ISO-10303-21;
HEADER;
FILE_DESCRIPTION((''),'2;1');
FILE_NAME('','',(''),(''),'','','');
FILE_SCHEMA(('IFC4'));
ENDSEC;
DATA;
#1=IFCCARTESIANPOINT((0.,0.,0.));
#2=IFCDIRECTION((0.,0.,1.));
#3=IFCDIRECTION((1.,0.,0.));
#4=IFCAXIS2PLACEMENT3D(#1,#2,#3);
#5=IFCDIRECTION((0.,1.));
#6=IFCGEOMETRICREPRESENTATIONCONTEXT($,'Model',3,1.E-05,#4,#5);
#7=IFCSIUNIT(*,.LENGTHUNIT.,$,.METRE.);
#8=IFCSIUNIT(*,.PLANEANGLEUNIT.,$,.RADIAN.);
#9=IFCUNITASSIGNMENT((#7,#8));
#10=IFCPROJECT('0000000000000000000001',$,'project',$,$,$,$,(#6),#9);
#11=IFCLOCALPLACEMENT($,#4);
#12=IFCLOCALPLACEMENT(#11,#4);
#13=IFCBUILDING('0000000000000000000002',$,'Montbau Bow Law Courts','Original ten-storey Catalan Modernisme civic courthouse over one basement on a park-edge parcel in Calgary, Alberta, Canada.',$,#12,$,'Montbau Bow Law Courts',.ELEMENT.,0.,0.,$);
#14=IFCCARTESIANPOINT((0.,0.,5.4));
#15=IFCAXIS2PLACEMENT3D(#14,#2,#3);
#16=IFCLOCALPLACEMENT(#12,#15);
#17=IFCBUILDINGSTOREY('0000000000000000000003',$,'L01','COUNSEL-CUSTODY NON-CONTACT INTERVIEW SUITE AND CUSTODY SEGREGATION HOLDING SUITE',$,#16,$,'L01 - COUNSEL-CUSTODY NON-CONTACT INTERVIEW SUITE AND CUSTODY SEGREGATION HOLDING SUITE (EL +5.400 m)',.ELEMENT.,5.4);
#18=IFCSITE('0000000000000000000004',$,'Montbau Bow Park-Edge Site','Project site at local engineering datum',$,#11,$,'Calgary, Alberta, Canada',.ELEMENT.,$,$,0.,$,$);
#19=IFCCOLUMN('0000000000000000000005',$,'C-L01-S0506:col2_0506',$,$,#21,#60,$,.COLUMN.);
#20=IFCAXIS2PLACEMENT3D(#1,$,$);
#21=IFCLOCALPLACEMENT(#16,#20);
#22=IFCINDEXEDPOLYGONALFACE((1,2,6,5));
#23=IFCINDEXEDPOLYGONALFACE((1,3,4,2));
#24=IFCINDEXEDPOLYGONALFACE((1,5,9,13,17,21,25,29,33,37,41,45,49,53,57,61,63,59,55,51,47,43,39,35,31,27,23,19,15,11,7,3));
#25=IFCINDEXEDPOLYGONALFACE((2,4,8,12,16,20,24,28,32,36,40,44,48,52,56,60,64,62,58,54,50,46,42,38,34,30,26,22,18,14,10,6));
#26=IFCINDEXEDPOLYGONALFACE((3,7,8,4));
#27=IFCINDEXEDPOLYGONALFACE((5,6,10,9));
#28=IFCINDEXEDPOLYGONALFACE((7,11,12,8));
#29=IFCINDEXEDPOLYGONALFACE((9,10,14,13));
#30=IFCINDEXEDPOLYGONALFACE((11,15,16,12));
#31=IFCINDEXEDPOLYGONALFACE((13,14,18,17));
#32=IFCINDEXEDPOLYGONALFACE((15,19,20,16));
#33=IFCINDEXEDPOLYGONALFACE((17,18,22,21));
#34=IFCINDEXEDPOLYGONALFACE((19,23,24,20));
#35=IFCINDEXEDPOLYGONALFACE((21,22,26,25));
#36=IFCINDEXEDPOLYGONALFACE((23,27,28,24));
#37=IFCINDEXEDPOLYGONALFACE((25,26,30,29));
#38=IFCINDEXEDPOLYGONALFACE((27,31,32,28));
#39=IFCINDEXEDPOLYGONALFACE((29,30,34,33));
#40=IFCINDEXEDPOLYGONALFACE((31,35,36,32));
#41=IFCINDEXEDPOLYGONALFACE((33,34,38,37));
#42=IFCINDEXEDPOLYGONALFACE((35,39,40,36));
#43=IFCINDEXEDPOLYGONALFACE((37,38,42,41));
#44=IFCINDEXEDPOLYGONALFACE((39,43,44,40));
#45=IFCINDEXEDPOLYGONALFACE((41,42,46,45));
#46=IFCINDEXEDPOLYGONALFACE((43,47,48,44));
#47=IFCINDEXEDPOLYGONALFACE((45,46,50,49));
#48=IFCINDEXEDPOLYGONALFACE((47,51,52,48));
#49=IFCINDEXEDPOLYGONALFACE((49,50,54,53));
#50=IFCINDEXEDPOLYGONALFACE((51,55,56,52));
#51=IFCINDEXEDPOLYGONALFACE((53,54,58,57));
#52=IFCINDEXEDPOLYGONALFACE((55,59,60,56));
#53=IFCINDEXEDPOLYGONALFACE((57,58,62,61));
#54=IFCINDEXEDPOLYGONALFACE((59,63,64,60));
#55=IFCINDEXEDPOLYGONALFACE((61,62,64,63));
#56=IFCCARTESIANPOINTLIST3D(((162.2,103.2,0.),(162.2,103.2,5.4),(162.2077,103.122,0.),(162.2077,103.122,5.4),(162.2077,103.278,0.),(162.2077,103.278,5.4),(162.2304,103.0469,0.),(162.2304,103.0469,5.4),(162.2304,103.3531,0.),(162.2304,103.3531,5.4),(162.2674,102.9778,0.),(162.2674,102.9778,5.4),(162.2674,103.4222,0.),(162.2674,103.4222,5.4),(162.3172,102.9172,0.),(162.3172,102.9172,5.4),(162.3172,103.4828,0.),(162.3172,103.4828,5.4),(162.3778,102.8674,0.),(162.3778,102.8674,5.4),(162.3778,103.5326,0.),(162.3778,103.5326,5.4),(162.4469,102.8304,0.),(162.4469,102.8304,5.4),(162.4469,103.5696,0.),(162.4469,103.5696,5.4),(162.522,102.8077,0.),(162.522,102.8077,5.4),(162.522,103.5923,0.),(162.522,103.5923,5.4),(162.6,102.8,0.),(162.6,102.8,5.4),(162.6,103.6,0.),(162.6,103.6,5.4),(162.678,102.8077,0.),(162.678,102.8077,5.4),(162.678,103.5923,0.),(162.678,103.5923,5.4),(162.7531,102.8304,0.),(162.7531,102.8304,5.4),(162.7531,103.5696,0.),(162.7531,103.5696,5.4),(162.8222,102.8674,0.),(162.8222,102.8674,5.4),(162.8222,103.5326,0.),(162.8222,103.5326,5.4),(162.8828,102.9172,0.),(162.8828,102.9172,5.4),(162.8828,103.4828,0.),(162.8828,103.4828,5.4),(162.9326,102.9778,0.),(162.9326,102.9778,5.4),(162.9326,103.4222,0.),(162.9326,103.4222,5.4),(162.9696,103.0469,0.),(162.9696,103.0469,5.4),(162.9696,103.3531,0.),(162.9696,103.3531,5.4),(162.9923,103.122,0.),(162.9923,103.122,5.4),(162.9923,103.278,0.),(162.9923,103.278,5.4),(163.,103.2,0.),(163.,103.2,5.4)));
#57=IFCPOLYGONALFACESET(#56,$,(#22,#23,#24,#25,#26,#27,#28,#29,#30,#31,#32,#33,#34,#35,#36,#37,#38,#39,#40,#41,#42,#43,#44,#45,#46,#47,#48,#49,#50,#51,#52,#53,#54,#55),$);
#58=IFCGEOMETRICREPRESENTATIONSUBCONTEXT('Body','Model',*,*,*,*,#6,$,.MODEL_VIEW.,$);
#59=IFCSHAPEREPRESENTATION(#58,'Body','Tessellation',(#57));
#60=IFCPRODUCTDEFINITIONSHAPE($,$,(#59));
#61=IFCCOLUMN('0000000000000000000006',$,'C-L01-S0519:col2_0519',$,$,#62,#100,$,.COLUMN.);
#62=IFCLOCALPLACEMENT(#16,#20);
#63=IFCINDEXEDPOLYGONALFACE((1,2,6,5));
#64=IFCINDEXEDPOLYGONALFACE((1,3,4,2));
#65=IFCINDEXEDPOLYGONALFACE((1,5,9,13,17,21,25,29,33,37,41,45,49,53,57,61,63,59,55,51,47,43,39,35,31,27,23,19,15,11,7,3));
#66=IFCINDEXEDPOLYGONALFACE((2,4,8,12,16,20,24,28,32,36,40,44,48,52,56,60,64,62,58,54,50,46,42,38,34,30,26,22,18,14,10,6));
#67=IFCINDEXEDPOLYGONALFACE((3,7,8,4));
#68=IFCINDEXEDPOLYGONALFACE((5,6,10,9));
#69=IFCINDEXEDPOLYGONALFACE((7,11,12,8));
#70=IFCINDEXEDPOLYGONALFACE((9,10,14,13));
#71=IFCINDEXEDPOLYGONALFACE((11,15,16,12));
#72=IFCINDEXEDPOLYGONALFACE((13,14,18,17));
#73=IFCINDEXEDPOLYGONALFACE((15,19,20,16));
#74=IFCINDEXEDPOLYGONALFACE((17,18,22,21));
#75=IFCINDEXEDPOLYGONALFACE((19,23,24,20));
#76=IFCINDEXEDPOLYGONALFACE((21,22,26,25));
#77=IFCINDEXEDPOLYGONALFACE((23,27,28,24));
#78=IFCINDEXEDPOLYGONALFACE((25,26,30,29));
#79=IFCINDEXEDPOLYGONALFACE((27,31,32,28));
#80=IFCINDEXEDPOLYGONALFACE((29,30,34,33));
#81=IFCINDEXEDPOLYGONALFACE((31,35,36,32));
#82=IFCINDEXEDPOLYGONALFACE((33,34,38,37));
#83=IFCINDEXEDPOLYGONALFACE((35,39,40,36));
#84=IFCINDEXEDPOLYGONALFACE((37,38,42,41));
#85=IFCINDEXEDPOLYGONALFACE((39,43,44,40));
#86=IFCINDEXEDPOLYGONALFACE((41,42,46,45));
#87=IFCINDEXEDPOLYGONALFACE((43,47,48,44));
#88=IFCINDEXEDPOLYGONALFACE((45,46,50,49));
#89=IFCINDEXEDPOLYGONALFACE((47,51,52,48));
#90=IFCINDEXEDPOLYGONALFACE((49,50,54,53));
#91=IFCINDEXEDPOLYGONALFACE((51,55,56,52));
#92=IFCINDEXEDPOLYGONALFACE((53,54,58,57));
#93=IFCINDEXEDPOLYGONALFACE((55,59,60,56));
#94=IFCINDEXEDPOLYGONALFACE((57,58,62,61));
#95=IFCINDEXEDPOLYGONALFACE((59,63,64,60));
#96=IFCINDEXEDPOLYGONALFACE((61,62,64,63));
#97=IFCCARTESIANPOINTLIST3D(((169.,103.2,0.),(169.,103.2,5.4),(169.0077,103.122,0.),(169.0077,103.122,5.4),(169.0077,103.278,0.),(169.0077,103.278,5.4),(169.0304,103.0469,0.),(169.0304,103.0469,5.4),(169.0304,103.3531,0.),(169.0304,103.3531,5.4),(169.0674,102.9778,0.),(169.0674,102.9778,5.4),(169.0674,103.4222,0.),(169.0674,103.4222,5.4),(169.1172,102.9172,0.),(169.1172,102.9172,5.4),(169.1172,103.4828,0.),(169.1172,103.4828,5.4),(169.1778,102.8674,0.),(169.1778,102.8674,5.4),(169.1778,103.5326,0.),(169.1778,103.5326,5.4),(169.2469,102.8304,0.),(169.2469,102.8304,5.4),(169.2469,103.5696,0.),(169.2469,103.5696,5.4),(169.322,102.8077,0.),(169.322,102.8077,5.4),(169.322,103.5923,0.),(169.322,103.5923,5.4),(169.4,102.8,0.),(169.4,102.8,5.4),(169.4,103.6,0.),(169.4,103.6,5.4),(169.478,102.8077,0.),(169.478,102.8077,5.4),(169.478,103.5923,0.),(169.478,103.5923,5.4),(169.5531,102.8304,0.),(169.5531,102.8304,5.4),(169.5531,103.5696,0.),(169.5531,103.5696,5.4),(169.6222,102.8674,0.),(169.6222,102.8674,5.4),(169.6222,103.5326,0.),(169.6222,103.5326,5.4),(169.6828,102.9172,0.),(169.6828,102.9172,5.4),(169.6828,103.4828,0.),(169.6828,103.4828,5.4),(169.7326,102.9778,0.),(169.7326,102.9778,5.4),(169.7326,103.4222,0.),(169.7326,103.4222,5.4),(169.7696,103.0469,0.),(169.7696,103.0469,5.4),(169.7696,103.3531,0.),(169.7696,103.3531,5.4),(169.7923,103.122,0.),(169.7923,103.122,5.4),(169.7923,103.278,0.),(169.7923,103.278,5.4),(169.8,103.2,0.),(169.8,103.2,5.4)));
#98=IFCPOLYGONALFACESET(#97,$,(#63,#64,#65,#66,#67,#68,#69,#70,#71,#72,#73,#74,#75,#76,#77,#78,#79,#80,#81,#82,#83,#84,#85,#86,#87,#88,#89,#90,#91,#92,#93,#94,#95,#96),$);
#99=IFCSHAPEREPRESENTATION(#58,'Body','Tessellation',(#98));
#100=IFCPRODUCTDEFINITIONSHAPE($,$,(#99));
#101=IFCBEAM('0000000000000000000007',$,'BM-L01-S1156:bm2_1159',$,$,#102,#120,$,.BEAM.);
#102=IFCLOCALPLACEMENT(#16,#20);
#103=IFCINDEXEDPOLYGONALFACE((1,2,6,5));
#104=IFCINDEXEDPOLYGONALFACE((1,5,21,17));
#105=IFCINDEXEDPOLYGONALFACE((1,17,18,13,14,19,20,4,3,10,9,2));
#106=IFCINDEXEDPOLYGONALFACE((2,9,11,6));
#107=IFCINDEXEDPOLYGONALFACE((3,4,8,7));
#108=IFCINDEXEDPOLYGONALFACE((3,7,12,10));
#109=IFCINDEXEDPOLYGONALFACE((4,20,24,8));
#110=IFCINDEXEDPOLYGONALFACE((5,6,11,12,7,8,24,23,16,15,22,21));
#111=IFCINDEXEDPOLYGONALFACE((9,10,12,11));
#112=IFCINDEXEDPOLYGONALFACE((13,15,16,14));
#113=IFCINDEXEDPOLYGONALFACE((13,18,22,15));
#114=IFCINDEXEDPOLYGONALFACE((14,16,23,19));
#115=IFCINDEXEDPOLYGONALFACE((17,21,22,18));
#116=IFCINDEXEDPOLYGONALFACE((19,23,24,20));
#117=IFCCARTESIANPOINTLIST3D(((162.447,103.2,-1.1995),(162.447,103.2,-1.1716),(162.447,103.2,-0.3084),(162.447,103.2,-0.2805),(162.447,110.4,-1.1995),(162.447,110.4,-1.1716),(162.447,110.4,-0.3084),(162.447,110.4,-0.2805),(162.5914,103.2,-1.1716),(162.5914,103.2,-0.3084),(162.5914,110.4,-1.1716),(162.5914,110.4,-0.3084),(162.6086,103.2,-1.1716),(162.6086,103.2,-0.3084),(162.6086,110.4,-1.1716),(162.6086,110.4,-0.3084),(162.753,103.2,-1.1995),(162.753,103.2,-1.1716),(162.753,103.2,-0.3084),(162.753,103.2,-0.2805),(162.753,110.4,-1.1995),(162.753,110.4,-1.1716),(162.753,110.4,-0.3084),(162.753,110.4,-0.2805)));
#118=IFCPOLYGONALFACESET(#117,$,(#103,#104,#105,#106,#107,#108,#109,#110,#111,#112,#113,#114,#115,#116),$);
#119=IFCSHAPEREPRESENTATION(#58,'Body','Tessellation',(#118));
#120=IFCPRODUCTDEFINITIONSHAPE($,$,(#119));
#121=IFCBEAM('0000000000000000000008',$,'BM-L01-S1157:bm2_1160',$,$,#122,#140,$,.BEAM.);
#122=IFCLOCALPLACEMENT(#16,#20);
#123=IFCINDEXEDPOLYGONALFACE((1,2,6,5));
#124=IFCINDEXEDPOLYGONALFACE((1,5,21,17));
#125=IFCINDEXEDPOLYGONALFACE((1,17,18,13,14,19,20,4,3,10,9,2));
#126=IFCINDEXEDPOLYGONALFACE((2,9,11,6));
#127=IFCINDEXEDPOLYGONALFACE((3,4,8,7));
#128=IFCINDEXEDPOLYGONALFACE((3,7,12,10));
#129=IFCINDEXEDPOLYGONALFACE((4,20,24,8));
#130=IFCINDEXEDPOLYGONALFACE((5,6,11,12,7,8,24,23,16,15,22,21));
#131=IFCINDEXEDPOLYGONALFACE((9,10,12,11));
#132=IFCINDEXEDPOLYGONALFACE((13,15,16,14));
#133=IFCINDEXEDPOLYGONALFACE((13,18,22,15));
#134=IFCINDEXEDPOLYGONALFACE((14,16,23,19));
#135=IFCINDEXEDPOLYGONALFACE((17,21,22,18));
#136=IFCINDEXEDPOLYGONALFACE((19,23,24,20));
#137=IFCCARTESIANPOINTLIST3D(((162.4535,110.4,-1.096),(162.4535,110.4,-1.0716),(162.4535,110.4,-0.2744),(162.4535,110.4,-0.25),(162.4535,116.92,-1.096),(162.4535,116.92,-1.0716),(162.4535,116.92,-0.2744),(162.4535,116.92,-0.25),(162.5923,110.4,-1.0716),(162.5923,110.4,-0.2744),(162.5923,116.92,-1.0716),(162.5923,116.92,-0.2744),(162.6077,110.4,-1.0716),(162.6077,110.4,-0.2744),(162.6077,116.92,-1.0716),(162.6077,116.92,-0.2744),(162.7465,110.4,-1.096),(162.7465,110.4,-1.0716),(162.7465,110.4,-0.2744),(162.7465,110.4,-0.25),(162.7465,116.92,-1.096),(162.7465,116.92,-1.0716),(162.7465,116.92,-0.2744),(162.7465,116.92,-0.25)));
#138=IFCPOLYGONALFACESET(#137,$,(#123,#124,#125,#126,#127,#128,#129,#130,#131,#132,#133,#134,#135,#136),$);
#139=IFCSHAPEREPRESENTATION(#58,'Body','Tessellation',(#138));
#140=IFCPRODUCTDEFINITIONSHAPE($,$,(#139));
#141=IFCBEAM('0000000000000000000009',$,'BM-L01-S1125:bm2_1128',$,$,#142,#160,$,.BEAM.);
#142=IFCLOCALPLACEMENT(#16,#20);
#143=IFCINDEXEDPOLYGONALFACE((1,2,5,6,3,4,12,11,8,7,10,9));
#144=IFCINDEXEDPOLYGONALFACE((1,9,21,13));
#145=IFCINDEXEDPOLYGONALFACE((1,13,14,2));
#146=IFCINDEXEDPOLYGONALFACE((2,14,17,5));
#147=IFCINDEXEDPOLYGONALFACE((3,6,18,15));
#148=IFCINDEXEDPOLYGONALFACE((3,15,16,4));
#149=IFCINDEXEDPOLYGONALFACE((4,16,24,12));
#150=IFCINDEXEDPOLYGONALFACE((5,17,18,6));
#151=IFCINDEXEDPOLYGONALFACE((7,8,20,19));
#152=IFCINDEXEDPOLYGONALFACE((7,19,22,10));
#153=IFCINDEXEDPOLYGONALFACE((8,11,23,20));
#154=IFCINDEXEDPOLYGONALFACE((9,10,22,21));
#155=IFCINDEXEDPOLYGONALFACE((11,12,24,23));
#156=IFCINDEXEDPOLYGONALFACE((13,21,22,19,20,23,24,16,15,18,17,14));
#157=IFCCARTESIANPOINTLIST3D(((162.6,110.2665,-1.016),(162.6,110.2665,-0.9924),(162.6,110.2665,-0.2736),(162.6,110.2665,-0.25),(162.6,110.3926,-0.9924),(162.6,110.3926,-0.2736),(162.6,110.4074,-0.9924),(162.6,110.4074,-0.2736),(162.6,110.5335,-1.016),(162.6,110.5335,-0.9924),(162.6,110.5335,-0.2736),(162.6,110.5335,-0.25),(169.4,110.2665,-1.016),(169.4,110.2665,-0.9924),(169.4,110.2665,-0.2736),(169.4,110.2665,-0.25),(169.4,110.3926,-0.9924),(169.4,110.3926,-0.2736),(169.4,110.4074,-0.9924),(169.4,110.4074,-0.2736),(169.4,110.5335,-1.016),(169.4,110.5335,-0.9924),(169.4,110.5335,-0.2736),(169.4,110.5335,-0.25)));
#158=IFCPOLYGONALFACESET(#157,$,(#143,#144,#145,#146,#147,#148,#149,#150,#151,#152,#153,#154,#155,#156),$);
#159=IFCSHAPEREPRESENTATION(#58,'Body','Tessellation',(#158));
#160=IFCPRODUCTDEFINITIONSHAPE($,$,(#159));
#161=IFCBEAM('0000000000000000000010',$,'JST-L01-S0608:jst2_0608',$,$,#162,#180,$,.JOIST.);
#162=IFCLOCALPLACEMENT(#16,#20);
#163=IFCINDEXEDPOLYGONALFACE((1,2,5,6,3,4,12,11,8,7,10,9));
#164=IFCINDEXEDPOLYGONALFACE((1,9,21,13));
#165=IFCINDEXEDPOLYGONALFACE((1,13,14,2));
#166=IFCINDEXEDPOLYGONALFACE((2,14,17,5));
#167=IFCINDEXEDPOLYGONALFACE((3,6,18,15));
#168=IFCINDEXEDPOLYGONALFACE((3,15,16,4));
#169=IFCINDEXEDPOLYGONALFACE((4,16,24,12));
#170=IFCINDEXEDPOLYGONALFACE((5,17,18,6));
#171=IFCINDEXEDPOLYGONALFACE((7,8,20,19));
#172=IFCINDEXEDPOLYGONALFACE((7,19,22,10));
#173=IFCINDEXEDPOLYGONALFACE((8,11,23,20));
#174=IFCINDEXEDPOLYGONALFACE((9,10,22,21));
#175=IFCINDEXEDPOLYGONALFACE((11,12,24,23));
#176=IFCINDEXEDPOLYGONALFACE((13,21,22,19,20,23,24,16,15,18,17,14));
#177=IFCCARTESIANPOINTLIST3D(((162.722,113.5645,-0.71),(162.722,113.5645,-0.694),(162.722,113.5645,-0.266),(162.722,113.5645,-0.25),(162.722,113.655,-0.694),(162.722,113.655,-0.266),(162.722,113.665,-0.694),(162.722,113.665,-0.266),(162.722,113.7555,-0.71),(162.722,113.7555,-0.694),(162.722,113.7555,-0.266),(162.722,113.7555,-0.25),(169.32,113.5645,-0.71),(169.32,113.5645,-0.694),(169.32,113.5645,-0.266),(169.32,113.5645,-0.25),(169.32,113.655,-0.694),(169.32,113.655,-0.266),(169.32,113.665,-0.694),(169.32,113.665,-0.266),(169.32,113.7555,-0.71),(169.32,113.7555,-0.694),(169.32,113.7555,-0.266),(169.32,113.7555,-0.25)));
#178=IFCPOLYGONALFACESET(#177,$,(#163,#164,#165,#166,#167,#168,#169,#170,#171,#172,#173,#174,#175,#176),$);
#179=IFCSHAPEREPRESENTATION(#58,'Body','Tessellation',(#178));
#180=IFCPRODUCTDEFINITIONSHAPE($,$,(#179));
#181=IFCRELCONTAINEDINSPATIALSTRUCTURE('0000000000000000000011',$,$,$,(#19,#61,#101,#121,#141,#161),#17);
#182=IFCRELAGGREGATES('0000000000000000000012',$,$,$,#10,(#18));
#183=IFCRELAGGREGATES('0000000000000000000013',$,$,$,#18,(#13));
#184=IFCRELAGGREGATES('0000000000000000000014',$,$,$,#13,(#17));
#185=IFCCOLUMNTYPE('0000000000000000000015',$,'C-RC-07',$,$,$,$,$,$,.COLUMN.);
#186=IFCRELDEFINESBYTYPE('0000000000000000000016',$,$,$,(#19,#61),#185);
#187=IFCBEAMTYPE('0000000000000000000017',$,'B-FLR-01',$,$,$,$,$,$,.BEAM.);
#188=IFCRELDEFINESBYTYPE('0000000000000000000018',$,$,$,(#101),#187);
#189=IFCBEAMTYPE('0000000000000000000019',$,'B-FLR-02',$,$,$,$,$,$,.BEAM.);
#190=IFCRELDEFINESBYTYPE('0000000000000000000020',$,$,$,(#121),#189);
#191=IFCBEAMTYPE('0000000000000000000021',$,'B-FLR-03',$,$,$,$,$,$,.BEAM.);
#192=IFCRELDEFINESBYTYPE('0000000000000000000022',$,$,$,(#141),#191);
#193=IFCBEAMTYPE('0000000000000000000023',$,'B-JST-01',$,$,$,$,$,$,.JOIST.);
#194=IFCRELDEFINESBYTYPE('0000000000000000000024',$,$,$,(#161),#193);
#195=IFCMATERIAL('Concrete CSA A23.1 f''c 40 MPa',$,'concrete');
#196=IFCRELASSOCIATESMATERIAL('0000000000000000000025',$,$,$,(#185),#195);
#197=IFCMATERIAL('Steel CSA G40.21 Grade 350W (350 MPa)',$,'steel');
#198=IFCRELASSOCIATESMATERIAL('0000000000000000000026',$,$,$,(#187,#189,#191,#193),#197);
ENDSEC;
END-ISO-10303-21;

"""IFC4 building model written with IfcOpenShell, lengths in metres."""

from ifc_helpers import new_model, si_unit, direction, frame, origin_with_axes, origin_2d_with_axis, place, context, subcontext, project, spatial, circle, i_section, extrude, material, material_profile, profile_set, type_object, element, save


model = new_model("IFC4")

# Units and contexts
model_context = context("Model", 3, precision=1e-05, world=origin_with_axes(), true_north=direction((0.0, 1.0)))
body_context = subcontext(model_context, "Body", "Model", "MODEL_VIEW")
ifc_project = project(units=[si_unit("LENGTHUNIT", "METRE"), si_unit("PLANEANGLEUNIT", "RADIAN")], contexts=[model_context])

# Site, building, storey
site_placement = place(None, origin_with_axes())
site = spatial("IfcSite", under=ifc_project, at=site_placement, Name="Montbau Bow Park-Edge Site", Description="Project site at local engineering datum", LongName="Calgary, Alberta, Canada", CompositionType="ELEMENT", RefElevation=0.0)
building_placement = place(site_placement, origin_with_axes())
building = spatial("IfcBuilding", under=site, at=building_placement, Name="Montbau Bow Law Courts", Description="Original ten-storey Catalan Modernisme civic courthouse over one basement on a park-edge parcel in Calgary, Alberta, Canada.", LongName="Montbau Bow Law Courts", CompositionType="ELEMENT", ElevationOfRefHeight=0.0, ElevationOfTerrain=0.0)
storey_placement = place(building_placement, frame((0.0, 0.0, 5.4), z_axis=(0.0, 0.0, 1.0), x_axis=(1.0, 0.0, 0.0)))
storey = spatial("IfcBuildingStorey", under=building, at=storey_placement, Name="L01", Description="COUNSEL-CUSTODY NON-CONTACT INTERVIEW SUITE AND CUSTODY SEGREGATION HOLDING SUITE", LongName="L01 - COUNSEL-CUSTODY NON-CONTACT INTERVIEW SUITE AND CUSTODY SEGREGATION HOLDING SUITE (EL +5.400 m)", CompositionType="ELEMENT", Elevation=5.4)

# Columns
ifc_material_1 = material(Name="Concrete CSA A23.1 f'c 40 MPa", Category="concrete")
ifc_material_profile_1 = material_profile(ifc_material_1, circle(Radius=0.4, at=origin_2d_with_axis()), Name="RC800D", Category="Main", Priority=0)
ifc_profile_set_1 = profile_set([ifc_material_profile_1], Name="Concrete CSA A23.1 f'c 40 MPa")
column_type = type_object("IfcColumnType", Name="C-RC-07", PredefinedType="COLUMN", material=ifc_profile_set_1)
for number, where, z_axis, x_axis, name in (
    (1, (162.6, 103.2, 5.4), (0.0, 0.0, 1.0), (1.0, 0.0, 0.0), "C-L01-S0506:col2_0506"),
    (2, (169.4, 103.2, 5.4), (0.0, 0.0, 1.0), (1.0, 0.0, 0.0), "C-L01-S0519:col2_0519"),
):
    element("IfcColumn", number, at=place(None, frame(where, z_axis=z_axis, x_axis=x_axis)), inside=storey, type_object=column_type, Name=name, PredefinedType="COLUMN", context=body_context, shape_type="SweptSolid", body=[
        extrude(circle(Radius=0.4, at=origin_2d_with_axis()), origin_with_axes(), (0.0, 0.0, 1.0), 5.4),
    ])

# Beams
ifc_material_2 = material(Name="Steel CSA G40.21 Grade 350W (350 MPa)", Category="steel")
ifc_material_profile_2 = material_profile(ifc_material_2, i_section(OverallWidth=0.306, OverallDepth=0.919, WebThickness=0.0173, FlangeThickness=0.0279, at=origin_2d_with_axis()), Name="W920X253", Category="Main", Priority=0)
ifc_profile_set_2 = profile_set([ifc_material_profile_2], Name="Steel CSA G40.21 Grade 350W (350 MPa)")
beam_type_1 = type_object("IfcBeamType", Name="B-FLR-01", PredefinedType="BEAM", material=ifc_profile_set_2)
beam_1_placement = place(None, frame((162.6, 103.2, 4.66), z_axis=(0.0, 1.0, 0.0), x_axis=(-1.0, 0.0, 0.0)))
element("IfcBeam", 3, at=beam_1_placement, inside=storey, type_object=beam_type_1, Name="BM-L01-S1156:bm2_1159", PredefinedType="BEAM", context=body_context, shape_type="SweptSolid", body=[
    extrude(i_section(OverallWidth=0.306, OverallDepth=0.919, WebThickness=0.0173, FlangeThickness=0.0279, at=origin_2d_with_axis()), origin_with_axes(), (0.0, 0.0, 1.0), 7.2),
])
ifc_material_profile_3 = material_profile(ifc_material_2, i_section(OverallWidth=0.293, OverallDepth=0.846, WebThickness=0.0154, FlangeThickness=0.0244, at=origin_2d_with_axis()), Name="W840X210", Category="Main", Priority=0)
ifc_profile_set_3 = profile_set([ifc_material_profile_3], Name="Steel CSA G40.21 Grade 350W (350 MPa)")
beam_type_2 = type_object("IfcBeamType", Name="B-FLR-02", PredefinedType="BEAM", material=ifc_profile_set_3)
beam_2_placement = place(None, frame((162.6, 110.4, 4.727), z_axis=(0.0, 1.0, 0.0), x_axis=(-1.0, 0.0, 0.0)))
element("IfcBeam", 4, at=beam_2_placement, inside=storey, type_object=beam_type_2, Name="BM-L01-S1157:bm2_1160", PredefinedType="BEAM", context=body_context, shape_type="SweptSolid", body=[
    extrude(i_section(OverallWidth=0.293, OverallDepth=0.846, WebThickness=0.0154, FlangeThickness=0.0244, at=origin_2d_with_axis()), origin_with_axes(), (0.0, 0.0, 1.0), 6.52),
])
ifc_material_profile_4 = material_profile(ifc_material_2, i_section(OverallWidth=0.267, OverallDepth=0.766, WebThickness=0.0149, FlangeThickness=0.0236, at=origin_2d_with_axis()), Name="W760X185", Category="Main", Priority=0)
ifc_profile_set_4 = profile_set([ifc_material_profile_4], Name="Steel CSA G40.21 Grade 350W (350 MPa)")
beam_type_3 = type_object("IfcBeamType", Name="B-FLR-03", PredefinedType="BEAM", material=ifc_profile_set_4)
beam_3_placement = place(None, frame((162.6, 110.4, 4.767), z_axis=(1.0, 0.0, 0.0), x_axis=(0.0, 1.0, 0.0)))
element("IfcBeam", 5, at=beam_3_placement, inside=storey, type_object=beam_type_3, Name="BM-L01-S1125:bm2_1128", PredefinedType="BEAM", context=body_context, shape_type="SweptSolid", body=[
    extrude(i_section(OverallWidth=0.267, OverallDepth=0.766, WebThickness=0.0149, FlangeThickness=0.0236, at=origin_2d_with_axis()), origin_with_axes(), (0.0, 0.0, 1.0), 6.8),
])
ifc_material_profile_5 = material_profile(ifc_material_2, i_section(OverallWidth=0.191, OverallDepth=0.46, WebThickness=0.0099, FlangeThickness=0.016, at=origin_2d_with_axis()), Name="W460X82", Category="Main", Priority=0)
ifc_profile_set_5 = profile_set([ifc_material_profile_5], Name="Steel CSA G40.21 Grade 350W (350 MPa)")
beam_type_4 = type_object("IfcBeamType", Name="B-JST-01", PredefinedType="JOIST", material=ifc_profile_set_5)
beam_4_placement = place(None, frame((162.722, 113.66, 4.92), z_axis=(1.0, 0.0, 0.0), x_axis=(0.0, 1.0, 0.0)))
element("IfcBeam", 6, at=beam_4_placement, inside=storey, type_object=beam_type_4, Name="JST-L01-S0608:jst2_0608", PredefinedType="JOIST", context=body_context, shape_type="SweptSolid", body=[
    extrude(i_section(OverallWidth=0.191, OverallDepth=0.46, WebThickness=0.0099, FlangeThickness=0.016, at=origin_2d_with_axis()), origin_with_axes(), (0.0, 0.0, 1.0), 6.598),
])

save(model, "model.ifc")
